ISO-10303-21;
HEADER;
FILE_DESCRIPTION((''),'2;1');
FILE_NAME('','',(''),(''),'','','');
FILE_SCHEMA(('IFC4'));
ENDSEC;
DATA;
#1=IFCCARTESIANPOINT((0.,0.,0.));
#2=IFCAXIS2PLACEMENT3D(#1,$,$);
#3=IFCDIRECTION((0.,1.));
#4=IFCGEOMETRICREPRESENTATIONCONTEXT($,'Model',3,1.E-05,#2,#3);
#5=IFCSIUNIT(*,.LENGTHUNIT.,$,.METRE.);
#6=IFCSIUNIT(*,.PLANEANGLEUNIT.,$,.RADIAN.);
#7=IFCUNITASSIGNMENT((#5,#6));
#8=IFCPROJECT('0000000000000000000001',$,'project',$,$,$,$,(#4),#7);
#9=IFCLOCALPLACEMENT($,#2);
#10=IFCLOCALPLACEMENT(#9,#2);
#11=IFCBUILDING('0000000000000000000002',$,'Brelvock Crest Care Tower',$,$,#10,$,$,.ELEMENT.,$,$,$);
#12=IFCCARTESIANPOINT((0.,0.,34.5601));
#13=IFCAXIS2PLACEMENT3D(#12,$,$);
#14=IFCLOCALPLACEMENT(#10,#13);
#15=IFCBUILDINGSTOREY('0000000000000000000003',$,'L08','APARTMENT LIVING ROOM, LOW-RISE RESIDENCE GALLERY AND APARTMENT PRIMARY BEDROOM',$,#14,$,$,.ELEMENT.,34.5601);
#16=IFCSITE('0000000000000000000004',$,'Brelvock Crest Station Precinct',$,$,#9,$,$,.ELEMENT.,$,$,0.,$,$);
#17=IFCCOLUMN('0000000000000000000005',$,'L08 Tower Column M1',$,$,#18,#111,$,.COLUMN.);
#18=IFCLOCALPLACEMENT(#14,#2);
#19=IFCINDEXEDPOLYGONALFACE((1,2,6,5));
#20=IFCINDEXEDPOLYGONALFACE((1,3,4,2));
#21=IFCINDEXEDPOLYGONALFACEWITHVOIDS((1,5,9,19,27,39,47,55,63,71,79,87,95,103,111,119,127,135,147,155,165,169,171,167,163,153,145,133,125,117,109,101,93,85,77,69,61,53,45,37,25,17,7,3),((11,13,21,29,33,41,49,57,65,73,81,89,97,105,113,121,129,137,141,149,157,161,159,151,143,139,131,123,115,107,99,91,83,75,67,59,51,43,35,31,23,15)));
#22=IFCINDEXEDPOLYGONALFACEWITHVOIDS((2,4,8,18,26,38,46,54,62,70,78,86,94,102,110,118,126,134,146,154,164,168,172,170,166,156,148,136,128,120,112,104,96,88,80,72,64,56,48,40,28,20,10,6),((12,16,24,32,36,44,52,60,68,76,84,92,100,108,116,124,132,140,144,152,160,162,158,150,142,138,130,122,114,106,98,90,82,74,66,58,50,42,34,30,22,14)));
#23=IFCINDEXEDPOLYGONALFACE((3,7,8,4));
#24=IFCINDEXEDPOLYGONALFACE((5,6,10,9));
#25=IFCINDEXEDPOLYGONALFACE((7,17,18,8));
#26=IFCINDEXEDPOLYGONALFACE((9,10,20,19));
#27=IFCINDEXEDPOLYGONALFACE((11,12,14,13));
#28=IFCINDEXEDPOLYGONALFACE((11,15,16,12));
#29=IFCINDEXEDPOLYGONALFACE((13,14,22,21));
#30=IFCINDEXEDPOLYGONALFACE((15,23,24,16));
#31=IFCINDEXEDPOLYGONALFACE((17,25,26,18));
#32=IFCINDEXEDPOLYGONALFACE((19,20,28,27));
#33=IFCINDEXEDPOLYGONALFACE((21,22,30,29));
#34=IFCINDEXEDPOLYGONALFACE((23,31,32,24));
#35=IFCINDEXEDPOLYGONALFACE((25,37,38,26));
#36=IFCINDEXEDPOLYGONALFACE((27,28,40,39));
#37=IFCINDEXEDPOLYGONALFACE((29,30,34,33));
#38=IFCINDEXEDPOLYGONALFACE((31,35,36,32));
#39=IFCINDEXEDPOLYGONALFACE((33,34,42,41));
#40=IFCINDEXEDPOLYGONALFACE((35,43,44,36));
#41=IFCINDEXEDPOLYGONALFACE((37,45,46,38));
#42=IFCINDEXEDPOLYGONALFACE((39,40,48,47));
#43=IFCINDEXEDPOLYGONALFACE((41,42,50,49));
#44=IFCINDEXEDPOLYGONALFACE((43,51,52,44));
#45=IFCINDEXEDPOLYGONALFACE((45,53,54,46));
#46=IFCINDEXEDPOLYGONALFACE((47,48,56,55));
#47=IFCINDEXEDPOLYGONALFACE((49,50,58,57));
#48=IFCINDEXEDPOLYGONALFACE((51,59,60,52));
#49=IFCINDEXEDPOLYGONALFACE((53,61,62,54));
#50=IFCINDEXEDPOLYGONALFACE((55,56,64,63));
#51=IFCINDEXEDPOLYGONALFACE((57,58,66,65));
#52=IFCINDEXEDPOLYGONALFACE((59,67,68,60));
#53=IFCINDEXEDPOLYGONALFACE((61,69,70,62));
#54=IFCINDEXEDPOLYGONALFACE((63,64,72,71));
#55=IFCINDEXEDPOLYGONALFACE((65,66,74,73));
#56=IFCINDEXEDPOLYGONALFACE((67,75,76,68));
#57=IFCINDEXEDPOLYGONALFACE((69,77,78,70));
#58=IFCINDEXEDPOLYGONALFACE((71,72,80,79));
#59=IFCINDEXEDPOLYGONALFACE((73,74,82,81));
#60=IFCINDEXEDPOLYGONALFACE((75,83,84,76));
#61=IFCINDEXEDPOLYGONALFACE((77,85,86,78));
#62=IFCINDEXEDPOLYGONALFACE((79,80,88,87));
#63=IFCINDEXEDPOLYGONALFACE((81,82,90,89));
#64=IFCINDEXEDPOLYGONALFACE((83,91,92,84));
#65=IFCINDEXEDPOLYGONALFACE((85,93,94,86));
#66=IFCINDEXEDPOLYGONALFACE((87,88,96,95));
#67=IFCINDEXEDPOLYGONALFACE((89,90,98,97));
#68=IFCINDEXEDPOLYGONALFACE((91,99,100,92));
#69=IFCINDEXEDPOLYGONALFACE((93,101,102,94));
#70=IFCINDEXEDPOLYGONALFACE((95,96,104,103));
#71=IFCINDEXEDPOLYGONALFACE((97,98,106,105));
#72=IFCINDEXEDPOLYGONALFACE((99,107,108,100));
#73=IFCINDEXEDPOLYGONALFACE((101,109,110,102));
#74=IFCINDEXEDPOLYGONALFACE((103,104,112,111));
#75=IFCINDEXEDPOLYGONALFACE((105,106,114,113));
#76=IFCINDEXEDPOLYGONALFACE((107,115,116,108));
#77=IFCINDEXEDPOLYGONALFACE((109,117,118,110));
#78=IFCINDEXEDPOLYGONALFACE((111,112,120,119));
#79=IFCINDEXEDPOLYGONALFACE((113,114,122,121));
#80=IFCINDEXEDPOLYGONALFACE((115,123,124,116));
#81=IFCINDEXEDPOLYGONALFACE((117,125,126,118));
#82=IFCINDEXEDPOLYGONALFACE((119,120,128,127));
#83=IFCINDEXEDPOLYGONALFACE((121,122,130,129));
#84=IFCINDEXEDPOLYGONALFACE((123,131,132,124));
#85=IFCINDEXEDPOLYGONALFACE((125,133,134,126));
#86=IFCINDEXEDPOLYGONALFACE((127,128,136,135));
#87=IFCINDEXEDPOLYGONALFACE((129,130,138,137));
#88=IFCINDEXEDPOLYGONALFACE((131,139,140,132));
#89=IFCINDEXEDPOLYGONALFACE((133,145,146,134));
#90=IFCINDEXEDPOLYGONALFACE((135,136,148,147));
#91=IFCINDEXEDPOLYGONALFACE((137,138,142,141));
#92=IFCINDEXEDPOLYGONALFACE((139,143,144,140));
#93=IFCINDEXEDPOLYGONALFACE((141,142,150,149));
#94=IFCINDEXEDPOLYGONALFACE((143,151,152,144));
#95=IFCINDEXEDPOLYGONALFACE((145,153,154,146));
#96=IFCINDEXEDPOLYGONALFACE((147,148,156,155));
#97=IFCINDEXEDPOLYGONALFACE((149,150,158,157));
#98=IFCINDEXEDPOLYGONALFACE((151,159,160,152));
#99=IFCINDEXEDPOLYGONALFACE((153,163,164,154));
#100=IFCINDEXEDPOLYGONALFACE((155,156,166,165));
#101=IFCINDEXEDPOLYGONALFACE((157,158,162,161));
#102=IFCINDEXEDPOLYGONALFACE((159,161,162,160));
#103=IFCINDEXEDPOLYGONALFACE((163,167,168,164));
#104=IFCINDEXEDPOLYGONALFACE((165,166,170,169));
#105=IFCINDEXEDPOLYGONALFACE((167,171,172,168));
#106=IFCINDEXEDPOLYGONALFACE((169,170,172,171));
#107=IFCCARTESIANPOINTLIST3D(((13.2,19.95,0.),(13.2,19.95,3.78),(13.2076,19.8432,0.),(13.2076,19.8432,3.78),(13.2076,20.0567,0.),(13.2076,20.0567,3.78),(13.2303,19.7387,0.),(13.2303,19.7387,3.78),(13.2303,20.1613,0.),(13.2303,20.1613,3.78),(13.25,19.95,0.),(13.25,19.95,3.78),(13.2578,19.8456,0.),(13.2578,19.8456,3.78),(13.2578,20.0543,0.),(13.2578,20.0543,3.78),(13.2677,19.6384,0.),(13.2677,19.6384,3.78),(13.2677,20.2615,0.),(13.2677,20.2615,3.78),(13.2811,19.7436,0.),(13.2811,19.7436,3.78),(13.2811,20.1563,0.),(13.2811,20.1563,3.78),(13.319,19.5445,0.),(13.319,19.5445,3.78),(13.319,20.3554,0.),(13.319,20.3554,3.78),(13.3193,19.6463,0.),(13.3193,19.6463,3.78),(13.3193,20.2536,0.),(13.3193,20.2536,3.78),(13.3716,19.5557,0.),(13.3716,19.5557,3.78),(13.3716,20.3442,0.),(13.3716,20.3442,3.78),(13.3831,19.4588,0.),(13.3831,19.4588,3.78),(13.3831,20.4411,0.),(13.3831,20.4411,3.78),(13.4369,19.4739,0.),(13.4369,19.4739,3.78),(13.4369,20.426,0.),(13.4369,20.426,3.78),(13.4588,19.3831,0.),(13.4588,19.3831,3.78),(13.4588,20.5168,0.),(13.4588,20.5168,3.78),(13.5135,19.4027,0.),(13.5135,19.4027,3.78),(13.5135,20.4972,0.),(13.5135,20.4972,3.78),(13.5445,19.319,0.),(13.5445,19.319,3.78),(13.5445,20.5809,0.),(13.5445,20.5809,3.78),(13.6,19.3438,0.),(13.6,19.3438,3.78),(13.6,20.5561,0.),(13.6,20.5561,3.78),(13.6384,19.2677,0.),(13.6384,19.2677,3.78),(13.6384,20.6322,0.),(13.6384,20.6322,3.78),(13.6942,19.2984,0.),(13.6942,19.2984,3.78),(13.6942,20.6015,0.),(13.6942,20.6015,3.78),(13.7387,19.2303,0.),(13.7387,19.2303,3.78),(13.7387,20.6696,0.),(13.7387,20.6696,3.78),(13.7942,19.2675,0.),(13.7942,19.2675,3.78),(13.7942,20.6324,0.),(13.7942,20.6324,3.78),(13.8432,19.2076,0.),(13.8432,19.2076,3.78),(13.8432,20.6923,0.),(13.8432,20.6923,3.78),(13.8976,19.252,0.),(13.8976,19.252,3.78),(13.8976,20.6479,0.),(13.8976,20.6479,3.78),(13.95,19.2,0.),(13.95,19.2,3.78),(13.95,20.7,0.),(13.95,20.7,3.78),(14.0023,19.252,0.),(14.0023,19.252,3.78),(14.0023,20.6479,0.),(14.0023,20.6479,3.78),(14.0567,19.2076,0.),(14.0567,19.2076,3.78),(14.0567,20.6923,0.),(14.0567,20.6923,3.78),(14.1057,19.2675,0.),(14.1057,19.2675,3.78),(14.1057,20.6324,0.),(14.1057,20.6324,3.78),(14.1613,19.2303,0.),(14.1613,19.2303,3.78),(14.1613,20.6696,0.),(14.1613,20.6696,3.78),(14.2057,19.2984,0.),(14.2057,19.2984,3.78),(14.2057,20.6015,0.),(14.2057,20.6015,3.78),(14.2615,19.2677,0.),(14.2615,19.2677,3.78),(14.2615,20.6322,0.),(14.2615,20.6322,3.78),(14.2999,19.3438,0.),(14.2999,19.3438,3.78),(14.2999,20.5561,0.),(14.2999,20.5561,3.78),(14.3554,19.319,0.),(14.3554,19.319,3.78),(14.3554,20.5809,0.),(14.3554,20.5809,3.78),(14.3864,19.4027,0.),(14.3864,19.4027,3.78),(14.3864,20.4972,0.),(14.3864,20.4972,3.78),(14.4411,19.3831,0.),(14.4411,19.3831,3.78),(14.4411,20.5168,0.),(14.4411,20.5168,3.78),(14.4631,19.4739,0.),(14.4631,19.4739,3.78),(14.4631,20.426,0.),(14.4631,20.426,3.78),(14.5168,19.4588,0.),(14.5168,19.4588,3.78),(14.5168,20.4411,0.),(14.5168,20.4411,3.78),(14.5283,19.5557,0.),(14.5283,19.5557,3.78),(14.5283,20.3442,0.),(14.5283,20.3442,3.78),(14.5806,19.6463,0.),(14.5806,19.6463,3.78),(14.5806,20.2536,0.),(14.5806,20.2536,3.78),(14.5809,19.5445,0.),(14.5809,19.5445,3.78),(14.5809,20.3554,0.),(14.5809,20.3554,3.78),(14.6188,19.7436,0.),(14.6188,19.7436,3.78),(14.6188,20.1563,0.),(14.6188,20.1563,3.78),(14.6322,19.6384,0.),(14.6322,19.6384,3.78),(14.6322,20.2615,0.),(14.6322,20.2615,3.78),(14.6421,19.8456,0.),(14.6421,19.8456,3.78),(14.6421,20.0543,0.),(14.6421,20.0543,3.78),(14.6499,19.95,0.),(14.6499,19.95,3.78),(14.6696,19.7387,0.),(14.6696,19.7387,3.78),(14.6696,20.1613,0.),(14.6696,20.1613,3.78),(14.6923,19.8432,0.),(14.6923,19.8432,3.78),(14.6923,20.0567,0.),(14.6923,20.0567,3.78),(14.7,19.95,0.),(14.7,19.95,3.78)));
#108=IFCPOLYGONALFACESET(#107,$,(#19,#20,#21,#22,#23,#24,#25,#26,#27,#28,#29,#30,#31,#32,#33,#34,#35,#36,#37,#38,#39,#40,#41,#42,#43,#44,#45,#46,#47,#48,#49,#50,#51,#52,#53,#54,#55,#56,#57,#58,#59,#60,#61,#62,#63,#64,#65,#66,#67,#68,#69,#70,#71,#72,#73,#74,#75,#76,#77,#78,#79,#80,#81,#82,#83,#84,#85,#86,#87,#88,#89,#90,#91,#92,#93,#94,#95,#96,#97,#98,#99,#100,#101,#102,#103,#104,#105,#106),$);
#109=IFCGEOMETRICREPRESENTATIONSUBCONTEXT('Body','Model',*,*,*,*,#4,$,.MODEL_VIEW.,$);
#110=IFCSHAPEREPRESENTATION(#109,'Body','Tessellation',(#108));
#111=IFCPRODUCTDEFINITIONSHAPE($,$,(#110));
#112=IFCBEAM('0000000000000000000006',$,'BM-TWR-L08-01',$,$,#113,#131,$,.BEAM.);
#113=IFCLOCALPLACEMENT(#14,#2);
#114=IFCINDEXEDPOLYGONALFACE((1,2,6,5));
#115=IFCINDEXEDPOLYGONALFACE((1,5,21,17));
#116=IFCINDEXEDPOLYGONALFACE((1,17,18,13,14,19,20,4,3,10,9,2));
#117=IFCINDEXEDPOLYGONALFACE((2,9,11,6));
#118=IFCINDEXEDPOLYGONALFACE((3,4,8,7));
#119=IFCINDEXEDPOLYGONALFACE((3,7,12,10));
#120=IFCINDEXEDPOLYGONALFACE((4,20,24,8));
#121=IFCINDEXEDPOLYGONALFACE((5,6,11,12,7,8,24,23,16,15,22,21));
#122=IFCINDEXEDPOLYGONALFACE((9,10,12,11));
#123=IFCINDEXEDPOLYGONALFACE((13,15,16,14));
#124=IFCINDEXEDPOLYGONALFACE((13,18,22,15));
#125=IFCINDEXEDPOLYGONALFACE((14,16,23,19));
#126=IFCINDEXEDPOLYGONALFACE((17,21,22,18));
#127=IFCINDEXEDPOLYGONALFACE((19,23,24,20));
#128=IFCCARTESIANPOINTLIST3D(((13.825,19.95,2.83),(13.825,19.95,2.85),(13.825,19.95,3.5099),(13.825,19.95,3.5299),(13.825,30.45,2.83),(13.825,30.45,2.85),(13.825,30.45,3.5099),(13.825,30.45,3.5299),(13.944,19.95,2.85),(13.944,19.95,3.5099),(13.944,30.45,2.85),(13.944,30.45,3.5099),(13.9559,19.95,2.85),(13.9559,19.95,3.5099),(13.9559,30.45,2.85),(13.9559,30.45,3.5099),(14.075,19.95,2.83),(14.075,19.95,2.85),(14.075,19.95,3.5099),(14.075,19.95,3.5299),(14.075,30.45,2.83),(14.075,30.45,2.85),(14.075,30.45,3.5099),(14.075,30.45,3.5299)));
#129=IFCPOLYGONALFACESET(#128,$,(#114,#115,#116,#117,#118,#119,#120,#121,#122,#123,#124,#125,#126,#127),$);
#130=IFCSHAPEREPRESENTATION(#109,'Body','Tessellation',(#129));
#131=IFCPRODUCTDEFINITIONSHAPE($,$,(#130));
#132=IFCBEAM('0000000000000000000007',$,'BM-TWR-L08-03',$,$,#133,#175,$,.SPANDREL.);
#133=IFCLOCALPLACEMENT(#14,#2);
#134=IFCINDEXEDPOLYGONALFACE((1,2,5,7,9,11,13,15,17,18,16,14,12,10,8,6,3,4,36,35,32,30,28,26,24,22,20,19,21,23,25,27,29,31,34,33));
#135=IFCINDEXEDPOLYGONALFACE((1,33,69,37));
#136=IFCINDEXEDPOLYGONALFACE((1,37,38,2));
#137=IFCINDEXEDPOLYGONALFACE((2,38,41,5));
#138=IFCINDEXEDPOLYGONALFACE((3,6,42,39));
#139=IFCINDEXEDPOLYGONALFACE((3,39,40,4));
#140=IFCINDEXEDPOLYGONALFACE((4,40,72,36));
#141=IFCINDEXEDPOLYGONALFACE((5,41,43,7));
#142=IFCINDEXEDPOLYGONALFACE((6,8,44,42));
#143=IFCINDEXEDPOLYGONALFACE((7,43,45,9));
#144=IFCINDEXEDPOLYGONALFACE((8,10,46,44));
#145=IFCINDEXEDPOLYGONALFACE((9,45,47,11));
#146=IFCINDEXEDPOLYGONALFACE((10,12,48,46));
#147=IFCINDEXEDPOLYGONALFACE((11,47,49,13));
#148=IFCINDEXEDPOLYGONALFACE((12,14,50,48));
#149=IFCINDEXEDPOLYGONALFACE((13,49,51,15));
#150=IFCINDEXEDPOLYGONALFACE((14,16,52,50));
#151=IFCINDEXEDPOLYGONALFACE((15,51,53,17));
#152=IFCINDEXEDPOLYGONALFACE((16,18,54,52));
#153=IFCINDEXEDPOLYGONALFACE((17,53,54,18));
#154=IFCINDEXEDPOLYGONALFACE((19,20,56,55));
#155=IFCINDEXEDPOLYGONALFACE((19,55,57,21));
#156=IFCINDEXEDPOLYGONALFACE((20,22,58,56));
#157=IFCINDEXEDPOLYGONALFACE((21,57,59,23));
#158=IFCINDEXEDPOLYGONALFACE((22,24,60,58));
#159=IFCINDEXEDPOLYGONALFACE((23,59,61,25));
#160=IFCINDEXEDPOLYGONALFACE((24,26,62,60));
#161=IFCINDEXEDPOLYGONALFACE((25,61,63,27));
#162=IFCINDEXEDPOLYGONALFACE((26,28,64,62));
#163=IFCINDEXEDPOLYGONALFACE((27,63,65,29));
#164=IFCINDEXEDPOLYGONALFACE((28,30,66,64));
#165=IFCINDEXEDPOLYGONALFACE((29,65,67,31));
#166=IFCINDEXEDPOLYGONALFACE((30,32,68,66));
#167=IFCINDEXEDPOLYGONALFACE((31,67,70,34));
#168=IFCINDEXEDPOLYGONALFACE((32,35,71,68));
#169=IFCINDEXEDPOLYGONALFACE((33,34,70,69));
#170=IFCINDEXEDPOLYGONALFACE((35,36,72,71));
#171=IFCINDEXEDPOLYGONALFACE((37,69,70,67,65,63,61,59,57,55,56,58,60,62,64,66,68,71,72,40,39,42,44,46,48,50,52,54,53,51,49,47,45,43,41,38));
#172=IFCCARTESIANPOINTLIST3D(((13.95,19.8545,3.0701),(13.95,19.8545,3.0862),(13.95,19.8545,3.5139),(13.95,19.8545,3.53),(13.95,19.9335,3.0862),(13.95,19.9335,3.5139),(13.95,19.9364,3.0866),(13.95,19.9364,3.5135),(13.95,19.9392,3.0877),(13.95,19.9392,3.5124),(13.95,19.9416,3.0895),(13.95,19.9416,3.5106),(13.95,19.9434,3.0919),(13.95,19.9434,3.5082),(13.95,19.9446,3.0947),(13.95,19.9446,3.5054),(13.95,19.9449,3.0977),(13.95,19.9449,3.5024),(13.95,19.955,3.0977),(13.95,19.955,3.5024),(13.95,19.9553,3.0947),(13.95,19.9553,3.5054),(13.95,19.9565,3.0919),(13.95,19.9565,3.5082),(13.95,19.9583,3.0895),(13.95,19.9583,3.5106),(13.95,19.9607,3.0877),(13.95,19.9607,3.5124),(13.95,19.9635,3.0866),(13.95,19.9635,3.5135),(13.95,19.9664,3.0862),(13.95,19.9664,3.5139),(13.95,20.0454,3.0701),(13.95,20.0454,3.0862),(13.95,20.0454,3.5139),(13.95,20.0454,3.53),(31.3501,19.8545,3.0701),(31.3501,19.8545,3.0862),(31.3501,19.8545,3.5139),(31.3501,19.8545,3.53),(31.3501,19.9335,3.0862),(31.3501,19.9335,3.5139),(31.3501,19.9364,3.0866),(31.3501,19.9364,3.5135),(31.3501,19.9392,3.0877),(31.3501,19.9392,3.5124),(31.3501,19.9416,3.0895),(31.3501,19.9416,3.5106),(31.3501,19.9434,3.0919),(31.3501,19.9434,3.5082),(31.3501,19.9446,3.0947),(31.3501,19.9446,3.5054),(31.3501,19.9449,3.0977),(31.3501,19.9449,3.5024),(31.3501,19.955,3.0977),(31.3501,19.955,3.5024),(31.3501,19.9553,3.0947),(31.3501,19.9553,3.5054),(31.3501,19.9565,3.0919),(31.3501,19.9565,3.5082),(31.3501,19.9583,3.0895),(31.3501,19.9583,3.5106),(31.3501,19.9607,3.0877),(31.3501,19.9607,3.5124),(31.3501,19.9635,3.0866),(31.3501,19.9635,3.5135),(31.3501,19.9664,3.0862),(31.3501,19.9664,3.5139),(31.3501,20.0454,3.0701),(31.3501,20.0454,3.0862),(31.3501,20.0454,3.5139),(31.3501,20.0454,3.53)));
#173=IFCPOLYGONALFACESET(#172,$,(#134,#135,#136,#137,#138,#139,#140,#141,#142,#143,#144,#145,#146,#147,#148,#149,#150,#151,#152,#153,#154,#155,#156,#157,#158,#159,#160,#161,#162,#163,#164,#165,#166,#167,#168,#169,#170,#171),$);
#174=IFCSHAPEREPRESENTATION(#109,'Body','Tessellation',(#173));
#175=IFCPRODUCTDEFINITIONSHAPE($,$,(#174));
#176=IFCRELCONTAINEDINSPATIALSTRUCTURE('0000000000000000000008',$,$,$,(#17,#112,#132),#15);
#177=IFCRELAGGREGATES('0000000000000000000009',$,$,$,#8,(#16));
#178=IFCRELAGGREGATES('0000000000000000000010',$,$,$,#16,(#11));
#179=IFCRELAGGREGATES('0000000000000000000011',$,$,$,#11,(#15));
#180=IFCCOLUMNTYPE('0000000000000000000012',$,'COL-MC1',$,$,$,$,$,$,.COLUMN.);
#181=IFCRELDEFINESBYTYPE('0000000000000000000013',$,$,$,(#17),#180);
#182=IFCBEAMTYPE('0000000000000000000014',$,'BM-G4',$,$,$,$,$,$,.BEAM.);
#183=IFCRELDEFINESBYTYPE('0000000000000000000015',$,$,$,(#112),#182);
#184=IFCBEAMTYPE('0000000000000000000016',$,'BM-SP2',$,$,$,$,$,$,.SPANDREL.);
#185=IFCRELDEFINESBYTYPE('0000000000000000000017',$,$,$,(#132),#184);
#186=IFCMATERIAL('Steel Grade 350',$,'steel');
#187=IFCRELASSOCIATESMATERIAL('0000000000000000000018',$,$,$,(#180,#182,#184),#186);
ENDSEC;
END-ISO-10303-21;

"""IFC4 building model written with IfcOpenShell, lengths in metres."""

from ifc_helpers import new_model, si_unit, direction, frame, origin, origin_2d, place, context, subcontext, project, spatial, hollow_circle, i_section, extrude, source, transform, mapped, material, material_profile, profile_set, type_object, element, save


model = new_model("IFC4")

# Units and contexts
model_context = context("Model", 3, precision=1e-05, world=origin(), true_north=direction((0.0, 1.0)))
body_context = subcontext(model_context, "Body", "Model", "MODEL_VIEW")
ifc_project = project(units=[si_unit("LENGTHUNIT", "METRE"), si_unit("PLANEANGLEUNIT", "RADIAN")], contexts=[model_context])

# Site, building, storey
site_placement = place(None, origin())
site = spatial("IfcSite", under=ifc_project, at=site_placement, Name="Brelvock Crest Station Precinct", CompositionType="ELEMENT", RefElevation=0.0)
building_placement = place(site_placement, origin())
building = spatial("IfcBuilding", under=site, at=building_placement, Name="Brelvock Crest Care Tower", CompositionType="ELEMENT")
storey_placement = place(building_placement, frame((0.0, 0.0, 34.5601)))
storey = spatial("IfcBuildingStorey", under=building, at=storey_placement, Name="L08", Description="APARTMENT LIVING ROOM, LOW-RISE RESIDENCE GALLERY AND APARTMENT PRIMARY BEDROOM", CompositionType="ELEMENT", Elevation=34.5601)

# Column
ifc_material_1 = material(Name="Steel Grade 350", Category="steel")
ifc_material_profile_1 = material_profile(ifc_material_1, hollow_circle(Radius=0.75, WallThickness=0.05, at=origin_2d()), Name="CFT1500x50")
ifc_profile_set_1 = profile_set([ifc_material_profile_1], Name="Steel Grade 350")
column_type = type_object("IfcColumnType", Name="COL-MC1", PredefinedType="COLUMN", material=ifc_profile_set_1)
shared_shape_1 = source(origin(), body_context, "Body", "SweptSolid", [
    extrude(hollow_circle(Radius=0.75, WallThickness=0.05, at=origin_2d()), origin(), (0.0, 0.0, 1.0), 3.78),
])
column_placement = place(storey_placement, frame((13.95, 19.95, 0.0), z_axis=(0.0, 0.0, 1.0), x_axis=(1.0, 0.0, 0.0)))
element("IfcColumn", 1, at=column_placement, inside=storey, type_object=column_type, Name="L08 Tower Column M1", PredefinedType="COLUMN", context=body_context, shape_type="MappedRepresentation", body=[
    mapped(shared_shape_1, transform((0.0, 0.0, 0.0), x_axis=(1.0, 0.0, 0.0), y_axis=(0.0, 1.0, 0.0), z_axis=(0.0, 0.0, 1.0), scale=1.0)),
])

# Beams
ifc_material_profile_2 = material_profile(ifc_material_1, i_section(OverallWidth=0.25, OverallDepth=0.7, WebThickness=0.012, FlangeThickness=0.02, at=origin_2d()), Name="700WB150")
ifc_profile_set_2 = profile_set([ifc_material_profile_2], Name="Steel Grade 350")
beam_type_1 = type_object("IfcBeamType", Name="BM-G4", PredefinedType="BEAM", material=ifc_profile_set_2)
shared_shape_2 = source(origin(), body_context, "Body", "SweptSolid", [
    extrude(i_section(OverallWidth=0.25, OverallDepth=0.7, WebThickness=0.012, FlangeThickness=0.02, at=origin_2d()), origin(), (0.0, 0.0, 1.0), 10.5),
])
beam_1_placement = place(storey_placement, frame((13.95, 19.95, 3.1799), z_axis=(0.0, 1.0, 0.0), x_axis=(-1.0, 0.0, 0.0)))
element("IfcBeam", 2, at=beam_1_placement, inside=storey, type_object=beam_type_1, Name="BM-TWR-L08-01", PredefinedType="BEAM", context=body_context, shape_type="MappedRepresentation", body=[
    mapped(shared_shape_2, transform((0.0, 0.0, 0.0), x_axis=(1.0, 0.0, 0.0), y_axis=(0.0, 1.0, 0.0), z_axis=(0.0, 0.0, 1.0), scale=1.0)),
])
ifc_material_profile_3 = material_profile(ifc_material_1, i_section(OverallWidth=0.1909, OverallDepth=0.46, WebThickness=0.01, FlangeThickness=0.0161, FilletRadius=0.0115, at=origin_2d()), Name="460UB82.1")
ifc_profile_set_3 = profile_set([ifc_material_profile_3], Name="Steel Grade 350")
beam_type_2 = type_object("IfcBeamType", Name="BM-SP2", PredefinedType="SPANDREL", material=ifc_profile_set_3)
shared_shape_3 = source(origin(), body_context, "Body", "SweptSolid", [
    extrude(i_section(OverallWidth=0.1909, OverallDepth=0.46, WebThickness=0.01, FlangeThickness=0.0161, FilletRadius=0.0115, at=origin_2d()), origin(), (0.0, 0.0, 1.0), 17.4001),
])
beam_2_placement = place(storey_placement, frame((13.95, 19.95, 3.3), z_axis=(1.0, 0.0, 0.0), x_axis=(0.0, 1.0, 0.0)))
element("IfcBeam", 3, at=beam_2_placement, inside=storey, type_object=beam_type_2, Name="BM-TWR-L08-03", PredefinedType="SPANDREL", context=body_context, shape_type="MappedRepresentation", body=[
    mapped(shared_shape_3, transform((0.0, 0.0, 0.0), x_axis=(1.0, 0.0, 0.0), y_axis=(0.0, 1.0, 0.0), z_axis=(0.0, 0.0, 1.0), scale=1.0)),
])

save(model, "model.ifc")
